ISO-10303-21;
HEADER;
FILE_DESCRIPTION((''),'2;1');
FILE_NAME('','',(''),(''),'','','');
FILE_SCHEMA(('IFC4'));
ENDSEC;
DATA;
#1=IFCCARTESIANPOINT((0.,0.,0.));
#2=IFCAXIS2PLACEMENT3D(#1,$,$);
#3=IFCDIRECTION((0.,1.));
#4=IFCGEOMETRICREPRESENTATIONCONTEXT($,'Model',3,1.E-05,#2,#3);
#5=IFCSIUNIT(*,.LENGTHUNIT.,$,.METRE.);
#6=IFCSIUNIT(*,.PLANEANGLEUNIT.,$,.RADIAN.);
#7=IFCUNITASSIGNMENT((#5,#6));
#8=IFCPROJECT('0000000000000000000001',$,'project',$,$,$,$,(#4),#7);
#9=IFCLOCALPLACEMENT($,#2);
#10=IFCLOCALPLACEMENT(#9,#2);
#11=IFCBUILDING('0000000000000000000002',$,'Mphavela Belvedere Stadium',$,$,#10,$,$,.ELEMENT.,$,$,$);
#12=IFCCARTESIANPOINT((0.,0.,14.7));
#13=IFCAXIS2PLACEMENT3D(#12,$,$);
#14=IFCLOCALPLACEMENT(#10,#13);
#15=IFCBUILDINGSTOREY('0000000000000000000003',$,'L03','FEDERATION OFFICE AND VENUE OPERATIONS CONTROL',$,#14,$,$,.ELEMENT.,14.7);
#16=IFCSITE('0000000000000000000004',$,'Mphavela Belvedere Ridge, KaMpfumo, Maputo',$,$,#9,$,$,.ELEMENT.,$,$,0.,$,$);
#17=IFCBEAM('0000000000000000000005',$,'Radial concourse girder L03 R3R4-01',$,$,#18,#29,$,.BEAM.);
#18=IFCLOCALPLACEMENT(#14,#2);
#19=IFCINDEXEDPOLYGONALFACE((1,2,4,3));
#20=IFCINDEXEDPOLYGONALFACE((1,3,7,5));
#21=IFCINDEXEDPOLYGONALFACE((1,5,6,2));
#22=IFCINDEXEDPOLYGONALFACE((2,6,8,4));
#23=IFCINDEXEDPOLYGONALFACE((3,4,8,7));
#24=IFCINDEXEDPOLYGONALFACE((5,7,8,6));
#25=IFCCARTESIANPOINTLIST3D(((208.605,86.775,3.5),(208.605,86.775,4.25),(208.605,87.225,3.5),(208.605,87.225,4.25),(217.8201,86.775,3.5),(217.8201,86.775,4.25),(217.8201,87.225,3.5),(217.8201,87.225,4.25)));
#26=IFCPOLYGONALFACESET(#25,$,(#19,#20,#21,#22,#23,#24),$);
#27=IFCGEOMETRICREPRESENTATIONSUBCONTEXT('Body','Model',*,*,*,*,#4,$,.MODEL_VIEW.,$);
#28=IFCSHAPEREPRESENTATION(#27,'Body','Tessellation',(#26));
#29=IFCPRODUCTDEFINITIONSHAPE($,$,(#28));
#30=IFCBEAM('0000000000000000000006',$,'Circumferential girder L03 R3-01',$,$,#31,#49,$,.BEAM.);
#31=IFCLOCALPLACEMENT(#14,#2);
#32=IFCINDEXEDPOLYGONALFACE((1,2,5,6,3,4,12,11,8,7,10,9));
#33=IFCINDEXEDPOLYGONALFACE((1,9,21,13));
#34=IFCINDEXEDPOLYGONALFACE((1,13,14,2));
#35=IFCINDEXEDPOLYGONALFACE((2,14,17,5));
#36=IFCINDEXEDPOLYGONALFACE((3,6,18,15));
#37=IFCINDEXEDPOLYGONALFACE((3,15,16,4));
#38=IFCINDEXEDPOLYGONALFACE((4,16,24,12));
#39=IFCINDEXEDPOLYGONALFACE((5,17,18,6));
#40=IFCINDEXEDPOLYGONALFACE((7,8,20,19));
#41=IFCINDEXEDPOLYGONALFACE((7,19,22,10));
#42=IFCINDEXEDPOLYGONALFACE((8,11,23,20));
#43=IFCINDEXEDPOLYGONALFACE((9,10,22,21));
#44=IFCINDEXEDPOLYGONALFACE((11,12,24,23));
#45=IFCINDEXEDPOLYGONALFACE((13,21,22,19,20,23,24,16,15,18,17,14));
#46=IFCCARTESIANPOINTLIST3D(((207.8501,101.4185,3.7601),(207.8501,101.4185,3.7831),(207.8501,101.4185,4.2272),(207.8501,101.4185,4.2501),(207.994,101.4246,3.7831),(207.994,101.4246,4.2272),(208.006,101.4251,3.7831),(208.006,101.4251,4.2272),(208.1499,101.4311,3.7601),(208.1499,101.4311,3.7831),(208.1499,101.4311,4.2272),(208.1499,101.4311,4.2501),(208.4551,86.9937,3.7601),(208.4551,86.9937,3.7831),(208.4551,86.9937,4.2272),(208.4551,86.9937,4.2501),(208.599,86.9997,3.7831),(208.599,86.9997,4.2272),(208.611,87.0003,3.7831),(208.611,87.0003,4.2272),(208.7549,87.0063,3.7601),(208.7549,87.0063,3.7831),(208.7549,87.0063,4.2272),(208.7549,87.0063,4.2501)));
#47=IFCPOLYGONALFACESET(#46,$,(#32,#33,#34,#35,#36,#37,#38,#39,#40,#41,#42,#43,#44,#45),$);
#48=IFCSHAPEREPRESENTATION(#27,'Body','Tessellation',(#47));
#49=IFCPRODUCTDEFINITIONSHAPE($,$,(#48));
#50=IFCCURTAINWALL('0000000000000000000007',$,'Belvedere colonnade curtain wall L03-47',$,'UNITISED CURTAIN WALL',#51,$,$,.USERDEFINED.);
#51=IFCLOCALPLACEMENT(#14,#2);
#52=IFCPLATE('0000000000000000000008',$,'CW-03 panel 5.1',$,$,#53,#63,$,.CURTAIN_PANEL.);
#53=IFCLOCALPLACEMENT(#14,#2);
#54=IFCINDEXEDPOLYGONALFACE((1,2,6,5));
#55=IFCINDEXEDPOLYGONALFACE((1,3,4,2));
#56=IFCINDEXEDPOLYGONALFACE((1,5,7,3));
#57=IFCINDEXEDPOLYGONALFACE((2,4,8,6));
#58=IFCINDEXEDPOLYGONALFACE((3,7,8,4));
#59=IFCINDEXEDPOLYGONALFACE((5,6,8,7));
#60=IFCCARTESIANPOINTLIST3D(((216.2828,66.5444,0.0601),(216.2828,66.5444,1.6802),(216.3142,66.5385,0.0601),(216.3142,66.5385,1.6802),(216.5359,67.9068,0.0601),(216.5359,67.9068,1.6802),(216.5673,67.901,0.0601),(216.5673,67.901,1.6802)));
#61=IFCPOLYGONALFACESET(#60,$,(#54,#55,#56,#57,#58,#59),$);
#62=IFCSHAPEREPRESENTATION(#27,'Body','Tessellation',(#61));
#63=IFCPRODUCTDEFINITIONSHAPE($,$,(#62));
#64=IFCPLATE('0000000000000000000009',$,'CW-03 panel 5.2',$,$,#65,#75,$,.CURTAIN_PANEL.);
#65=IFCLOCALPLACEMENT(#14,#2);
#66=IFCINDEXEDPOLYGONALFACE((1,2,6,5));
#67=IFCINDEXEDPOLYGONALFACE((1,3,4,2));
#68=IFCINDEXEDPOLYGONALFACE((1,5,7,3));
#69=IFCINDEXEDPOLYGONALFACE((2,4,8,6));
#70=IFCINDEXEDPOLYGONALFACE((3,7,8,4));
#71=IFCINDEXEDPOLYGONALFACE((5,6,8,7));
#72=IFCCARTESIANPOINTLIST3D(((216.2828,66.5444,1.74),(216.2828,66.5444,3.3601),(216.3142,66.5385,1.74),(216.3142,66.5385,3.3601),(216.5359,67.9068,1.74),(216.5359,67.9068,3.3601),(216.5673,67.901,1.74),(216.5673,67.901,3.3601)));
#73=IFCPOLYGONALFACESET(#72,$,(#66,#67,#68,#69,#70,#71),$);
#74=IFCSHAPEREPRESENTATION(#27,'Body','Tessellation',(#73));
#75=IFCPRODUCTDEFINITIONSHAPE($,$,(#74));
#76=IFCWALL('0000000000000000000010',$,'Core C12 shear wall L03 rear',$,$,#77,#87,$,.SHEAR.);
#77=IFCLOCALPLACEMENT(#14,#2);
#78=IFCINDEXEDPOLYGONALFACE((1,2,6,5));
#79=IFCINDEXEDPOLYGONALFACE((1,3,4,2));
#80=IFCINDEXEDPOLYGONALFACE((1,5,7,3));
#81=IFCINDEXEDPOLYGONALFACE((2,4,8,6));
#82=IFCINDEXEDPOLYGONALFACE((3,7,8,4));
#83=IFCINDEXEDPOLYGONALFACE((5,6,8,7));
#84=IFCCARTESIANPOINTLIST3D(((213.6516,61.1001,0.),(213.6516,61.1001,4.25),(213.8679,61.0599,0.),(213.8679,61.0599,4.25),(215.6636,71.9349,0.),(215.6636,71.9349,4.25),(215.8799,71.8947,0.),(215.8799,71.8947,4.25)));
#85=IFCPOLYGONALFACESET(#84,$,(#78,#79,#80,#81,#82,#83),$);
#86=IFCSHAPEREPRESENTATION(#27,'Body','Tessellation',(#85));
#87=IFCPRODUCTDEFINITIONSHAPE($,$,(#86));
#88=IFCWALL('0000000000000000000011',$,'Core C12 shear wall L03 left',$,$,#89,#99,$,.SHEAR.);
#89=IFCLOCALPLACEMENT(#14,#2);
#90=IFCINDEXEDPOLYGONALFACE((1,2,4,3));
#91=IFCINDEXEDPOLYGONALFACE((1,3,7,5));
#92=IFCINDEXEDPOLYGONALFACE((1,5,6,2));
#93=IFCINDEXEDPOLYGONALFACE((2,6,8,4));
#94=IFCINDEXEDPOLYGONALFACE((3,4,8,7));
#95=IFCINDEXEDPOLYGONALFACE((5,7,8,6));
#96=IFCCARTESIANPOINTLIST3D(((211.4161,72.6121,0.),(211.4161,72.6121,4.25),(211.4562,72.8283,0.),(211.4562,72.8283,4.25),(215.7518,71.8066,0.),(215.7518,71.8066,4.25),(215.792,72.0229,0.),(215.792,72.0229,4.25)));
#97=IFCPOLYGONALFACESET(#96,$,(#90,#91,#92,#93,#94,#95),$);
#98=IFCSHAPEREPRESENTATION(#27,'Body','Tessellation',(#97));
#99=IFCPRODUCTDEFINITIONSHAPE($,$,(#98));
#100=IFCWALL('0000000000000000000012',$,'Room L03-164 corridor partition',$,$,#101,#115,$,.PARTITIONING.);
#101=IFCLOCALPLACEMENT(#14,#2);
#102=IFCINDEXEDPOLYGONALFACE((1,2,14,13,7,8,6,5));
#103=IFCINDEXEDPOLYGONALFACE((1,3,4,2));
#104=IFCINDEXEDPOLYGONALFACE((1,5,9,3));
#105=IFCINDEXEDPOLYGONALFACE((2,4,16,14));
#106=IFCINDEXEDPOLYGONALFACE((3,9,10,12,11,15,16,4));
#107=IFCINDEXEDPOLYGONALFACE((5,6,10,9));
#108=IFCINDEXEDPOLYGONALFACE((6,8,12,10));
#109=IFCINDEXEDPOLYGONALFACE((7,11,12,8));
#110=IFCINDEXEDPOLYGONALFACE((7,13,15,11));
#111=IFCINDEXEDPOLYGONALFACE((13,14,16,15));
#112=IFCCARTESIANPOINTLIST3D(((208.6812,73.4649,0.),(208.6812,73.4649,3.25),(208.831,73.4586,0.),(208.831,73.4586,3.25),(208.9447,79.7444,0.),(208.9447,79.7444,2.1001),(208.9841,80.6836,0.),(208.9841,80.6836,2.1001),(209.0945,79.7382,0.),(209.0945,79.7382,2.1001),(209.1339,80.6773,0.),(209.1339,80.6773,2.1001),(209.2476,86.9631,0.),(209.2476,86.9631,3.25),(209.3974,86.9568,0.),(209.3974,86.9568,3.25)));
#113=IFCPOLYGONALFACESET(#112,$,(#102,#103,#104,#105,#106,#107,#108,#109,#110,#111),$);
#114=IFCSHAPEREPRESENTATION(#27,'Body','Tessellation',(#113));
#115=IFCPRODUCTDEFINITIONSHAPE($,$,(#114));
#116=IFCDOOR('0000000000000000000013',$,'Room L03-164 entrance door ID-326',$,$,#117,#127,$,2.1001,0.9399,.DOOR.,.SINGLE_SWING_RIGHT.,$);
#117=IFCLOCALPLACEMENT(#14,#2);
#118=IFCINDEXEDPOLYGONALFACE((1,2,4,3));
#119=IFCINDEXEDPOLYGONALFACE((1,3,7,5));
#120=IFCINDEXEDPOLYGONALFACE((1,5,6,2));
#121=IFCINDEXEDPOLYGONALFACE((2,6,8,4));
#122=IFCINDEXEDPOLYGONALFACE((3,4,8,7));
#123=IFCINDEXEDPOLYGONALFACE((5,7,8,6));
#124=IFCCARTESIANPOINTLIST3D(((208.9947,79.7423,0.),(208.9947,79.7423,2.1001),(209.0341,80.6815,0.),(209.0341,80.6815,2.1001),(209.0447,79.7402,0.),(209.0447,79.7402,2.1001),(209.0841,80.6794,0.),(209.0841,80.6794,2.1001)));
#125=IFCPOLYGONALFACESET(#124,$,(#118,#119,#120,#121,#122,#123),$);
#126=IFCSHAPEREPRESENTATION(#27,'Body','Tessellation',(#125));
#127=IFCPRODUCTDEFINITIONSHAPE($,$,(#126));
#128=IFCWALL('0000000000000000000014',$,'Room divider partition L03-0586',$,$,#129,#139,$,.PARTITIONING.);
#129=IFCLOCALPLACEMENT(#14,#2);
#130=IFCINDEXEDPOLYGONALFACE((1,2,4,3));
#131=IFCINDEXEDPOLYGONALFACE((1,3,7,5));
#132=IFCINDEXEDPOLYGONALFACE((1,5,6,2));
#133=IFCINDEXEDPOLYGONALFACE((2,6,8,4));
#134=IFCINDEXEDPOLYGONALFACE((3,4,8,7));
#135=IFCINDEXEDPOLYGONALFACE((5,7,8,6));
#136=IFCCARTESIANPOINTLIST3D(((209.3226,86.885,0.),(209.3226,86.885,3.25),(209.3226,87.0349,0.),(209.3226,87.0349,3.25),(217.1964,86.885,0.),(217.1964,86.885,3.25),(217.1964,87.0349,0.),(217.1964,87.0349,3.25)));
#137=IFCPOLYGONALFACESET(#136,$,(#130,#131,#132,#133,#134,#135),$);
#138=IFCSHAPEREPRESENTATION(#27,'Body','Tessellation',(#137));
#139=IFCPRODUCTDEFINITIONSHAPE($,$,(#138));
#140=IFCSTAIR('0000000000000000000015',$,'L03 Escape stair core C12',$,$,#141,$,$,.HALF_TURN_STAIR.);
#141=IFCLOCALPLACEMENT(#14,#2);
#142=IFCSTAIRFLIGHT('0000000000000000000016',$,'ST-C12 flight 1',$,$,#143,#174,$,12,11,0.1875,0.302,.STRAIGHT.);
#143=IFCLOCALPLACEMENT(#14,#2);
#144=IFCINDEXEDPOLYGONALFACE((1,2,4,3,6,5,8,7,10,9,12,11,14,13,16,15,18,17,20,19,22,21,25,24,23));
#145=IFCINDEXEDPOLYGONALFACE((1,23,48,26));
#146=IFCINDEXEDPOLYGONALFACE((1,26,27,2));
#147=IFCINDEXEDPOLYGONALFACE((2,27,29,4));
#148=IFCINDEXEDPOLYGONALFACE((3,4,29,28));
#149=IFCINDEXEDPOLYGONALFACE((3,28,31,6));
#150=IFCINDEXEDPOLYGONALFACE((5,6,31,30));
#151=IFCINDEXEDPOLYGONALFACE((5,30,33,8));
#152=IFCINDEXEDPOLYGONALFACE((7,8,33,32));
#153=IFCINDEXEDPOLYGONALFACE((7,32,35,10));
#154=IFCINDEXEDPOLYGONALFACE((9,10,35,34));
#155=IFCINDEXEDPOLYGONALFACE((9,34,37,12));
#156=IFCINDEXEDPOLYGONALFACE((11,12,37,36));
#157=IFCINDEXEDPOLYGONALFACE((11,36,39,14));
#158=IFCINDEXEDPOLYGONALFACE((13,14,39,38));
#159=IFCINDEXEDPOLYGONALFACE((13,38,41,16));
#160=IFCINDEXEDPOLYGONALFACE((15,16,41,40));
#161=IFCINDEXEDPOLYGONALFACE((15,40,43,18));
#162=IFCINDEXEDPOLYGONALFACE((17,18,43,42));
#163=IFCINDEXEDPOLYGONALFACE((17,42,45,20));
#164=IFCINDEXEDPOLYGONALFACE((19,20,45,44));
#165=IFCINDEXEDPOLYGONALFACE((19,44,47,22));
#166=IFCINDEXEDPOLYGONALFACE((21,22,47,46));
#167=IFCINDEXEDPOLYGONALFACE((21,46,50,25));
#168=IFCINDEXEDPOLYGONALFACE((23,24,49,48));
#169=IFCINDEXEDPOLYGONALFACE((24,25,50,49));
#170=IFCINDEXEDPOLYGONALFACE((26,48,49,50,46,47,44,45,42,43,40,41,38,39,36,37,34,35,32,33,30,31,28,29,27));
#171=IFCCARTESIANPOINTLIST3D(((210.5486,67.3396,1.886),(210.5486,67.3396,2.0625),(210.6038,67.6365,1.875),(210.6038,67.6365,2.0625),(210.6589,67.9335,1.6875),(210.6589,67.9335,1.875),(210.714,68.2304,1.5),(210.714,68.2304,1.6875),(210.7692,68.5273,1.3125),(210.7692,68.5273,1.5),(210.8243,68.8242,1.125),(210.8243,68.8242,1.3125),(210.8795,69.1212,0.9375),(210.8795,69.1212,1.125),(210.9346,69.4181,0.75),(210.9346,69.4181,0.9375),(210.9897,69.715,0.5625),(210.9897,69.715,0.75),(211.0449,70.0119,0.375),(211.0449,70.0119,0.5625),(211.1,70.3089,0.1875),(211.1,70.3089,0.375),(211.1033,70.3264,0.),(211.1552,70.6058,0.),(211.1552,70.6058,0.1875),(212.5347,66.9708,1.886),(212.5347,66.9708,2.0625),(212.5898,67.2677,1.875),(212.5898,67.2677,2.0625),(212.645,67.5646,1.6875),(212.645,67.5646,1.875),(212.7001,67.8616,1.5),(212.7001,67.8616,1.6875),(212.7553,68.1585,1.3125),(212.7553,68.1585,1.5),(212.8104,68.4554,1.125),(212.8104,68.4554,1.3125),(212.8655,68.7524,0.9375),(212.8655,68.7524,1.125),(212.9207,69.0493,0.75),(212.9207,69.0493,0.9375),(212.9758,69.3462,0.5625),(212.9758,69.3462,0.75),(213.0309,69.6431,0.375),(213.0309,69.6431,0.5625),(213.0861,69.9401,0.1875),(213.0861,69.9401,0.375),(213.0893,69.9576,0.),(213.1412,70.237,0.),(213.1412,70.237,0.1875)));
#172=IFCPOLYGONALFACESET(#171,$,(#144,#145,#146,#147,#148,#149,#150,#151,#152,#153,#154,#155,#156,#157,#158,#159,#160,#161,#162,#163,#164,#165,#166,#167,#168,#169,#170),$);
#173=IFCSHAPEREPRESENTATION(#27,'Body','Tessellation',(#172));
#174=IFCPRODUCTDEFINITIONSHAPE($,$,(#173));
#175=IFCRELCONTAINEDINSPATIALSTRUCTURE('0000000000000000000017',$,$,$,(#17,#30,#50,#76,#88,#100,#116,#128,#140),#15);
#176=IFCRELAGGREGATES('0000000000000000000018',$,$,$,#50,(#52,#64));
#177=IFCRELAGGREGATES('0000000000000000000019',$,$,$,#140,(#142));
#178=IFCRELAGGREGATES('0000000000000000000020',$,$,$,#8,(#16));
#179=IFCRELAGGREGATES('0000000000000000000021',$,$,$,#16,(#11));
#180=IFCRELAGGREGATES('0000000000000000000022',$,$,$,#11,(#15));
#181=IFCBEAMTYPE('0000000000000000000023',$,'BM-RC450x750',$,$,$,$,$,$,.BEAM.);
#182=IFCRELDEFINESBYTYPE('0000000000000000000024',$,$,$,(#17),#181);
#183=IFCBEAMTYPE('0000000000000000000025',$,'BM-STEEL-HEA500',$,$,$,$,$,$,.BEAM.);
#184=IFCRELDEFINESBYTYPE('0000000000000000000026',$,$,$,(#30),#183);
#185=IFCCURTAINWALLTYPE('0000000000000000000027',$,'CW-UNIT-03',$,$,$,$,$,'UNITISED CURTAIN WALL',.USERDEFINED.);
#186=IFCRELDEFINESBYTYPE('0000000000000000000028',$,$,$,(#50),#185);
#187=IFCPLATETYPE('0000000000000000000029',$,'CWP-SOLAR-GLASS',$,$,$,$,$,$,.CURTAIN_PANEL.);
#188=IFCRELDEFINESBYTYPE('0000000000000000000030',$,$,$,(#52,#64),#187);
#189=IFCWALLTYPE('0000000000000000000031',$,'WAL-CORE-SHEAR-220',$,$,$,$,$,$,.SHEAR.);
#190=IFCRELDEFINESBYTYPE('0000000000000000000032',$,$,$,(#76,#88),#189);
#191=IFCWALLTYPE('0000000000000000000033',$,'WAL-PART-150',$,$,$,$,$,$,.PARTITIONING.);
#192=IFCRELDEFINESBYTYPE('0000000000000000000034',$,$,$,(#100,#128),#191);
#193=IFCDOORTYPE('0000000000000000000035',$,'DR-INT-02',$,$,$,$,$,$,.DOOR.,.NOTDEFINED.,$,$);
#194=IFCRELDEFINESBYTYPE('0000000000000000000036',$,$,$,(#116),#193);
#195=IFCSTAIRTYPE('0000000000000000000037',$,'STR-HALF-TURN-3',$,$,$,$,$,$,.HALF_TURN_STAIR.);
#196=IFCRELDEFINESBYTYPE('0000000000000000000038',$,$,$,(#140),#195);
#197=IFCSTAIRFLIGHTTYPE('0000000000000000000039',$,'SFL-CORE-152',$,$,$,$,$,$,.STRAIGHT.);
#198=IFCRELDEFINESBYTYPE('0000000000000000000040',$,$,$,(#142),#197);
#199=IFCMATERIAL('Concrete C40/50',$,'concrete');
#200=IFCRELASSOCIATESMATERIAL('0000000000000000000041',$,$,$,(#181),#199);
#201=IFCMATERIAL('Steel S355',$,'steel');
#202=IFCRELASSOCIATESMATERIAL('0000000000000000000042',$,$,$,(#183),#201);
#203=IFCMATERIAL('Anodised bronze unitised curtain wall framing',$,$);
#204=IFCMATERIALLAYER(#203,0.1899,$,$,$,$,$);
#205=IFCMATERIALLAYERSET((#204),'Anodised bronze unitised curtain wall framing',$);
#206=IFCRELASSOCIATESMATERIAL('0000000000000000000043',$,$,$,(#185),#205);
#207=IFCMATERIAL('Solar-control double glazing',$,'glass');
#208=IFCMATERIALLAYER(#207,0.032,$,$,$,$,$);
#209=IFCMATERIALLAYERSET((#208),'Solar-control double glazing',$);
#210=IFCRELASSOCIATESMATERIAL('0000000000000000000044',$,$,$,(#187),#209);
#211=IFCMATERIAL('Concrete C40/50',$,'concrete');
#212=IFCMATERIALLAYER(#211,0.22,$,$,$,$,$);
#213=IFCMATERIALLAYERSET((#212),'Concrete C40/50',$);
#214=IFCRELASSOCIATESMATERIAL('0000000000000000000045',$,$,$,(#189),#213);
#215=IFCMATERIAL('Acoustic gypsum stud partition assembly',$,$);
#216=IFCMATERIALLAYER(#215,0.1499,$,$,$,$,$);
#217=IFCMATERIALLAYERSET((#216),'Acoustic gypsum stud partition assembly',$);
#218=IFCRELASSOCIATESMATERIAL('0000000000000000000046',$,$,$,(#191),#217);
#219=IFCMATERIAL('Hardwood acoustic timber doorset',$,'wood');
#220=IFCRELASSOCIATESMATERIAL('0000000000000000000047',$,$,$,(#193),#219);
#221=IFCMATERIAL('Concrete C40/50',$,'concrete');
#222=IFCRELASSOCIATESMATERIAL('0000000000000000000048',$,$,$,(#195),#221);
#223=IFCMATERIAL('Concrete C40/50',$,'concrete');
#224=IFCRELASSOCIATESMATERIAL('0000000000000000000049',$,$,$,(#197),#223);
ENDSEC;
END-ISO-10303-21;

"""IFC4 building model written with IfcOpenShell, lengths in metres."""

from ifc_helpers import new_model, si_unit, direction, frame, frame_2d, origin, origin_2d, place, context, subcontext, project, spatial, polyline, rectangle, i_section, outline, extrude, material, layer, layer_set, material_profile, profile_set, type_object, element, fill, aggregate, save


model = new_model("IFC4")

# Units and contexts
model_context = context("Model", 3, precision=1e-05, world=origin(), true_north=direction((0.0, 1.0)))
body_context = subcontext(model_context, "Body", "Model", "MODEL_VIEW")
ifc_project = project(units=[si_unit("LENGTHUNIT", "METRE"), si_unit("PLANEANGLEUNIT", "RADIAN")], contexts=[model_context])

# Site, building, storey
site_placement = place(None, origin())
site = spatial("IfcSite", under=ifc_project, at=site_placement, Name="Mphavela Belvedere Ridge, KaMpfumo, Maputo", CompositionType="ELEMENT", RefElevation=0.0)
building_placement = place(site_placement, origin())
building = spatial("IfcBuilding", under=site, at=building_placement, Name="Mphavela Belvedere Stadium", CompositionType="ELEMENT")
storey_placement = place(building_placement, frame((0.0, 0.0, 14.7)))
storey = spatial("IfcBuildingStorey", under=building, at=storey_placement, Name="L03", Description="FEDERATION OFFICE AND VENUE OPERATIONS CONTROL", CompositionType="ELEMENT", Elevation=14.7)

# Beams
ifc_material_1 = material(Name="Concrete C40/50", Category="concrete")
ifc_material_profile_1 = material_profile(ifc_material_1, rectangle(XDim=0.45, YDim=0.75, at=origin_2d()), Name="RC 450x750")
ifc_profile_set_1 = profile_set([ifc_material_profile_1], Name="Concrete C40/50")
beam_type_1 = type_object("IfcBeamType", Name="BM-RC450x750", PredefinedType="BEAM", material=ifc_profile_set_1)
beam_1_placement = place(storey_placement, frame((208.605, 87.0, 3.875), z_axis=(1.0, 0.0, 0.0), x_axis=(0.0, 1.0, 0.0)))
element("IfcBeam", 1, at=beam_1_placement, inside=storey, type_object=beam_type_1, Name="Radial concourse girder L03 R3R4-01", PredefinedType="BEAM", context=body_context, shape_type="SweptSolid", body=[
    extrude(rectangle(XDim=0.45, YDim=0.75, at=origin_2d()), origin(), (0.0, 0.0, 1.0), 9.2151),
])
ifc_material_2 = material(Name="Steel S355", Category="steel")
ifc_material_profile_2 = material_profile(ifc_material_2, i_section(OverallWidth=0.3, OverallDepth=0.49, WebThickness=0.012, FlangeThickness=0.0229, at=origin_2d()), Name="HEA 500")
ifc_profile_set_2 = profile_set([ifc_material_profile_2], Name="Steel S355")
beam_type_2 = type_object("IfcBeamType", Name="BM-STEEL-HEA500", PredefinedType="BEAM", material=ifc_profile_set_2)
beam_2_placement = place(storey_placement, frame((208.605, 87.0, 4.0051), z_axis=(-0.041903, 0.999122, 0.0), x_axis=(-0.999122, -0.041903, 0.0)))
element("IfcBeam", 2, at=beam_2_placement, inside=storey, type_object=beam_type_2, Name="Circumferential girder L03 R3-01", PredefinedType="BEAM", context=body_context, shape_type="SweptSolid", body=[
    extrude(i_section(OverallWidth=0.3, OverallDepth=0.49, WebThickness=0.012, FlangeThickness=0.0229, at=origin_2d()), origin(), (0.0, 0.0, 1.0), 14.4375),
])

# Curtain wall, plates
ifc_material_3 = material(Name="Anodised bronze unitised curtain wall framing")
ifc_layer_1 = layer(ifc_material_3, 0.1899)
ifc_layer_set_1 = layer_set([ifc_layer_1], Name="Anodised bronze unitised curtain wall framing")
curtain_wall_type = type_object("IfcCurtainWallType", Name="CW-UNIT-03", ElementType="UNITISED CURTAIN WALL", PredefinedType="USERDEFINED", material=ifc_layer_set_1)
curtain_wall_placement = place(storey_placement, origin())
curtain_wall = element("IfcCurtainWall", 3, at=curtain_wall_placement, inside=storey, type_object=curtain_wall_type, Name="Belvedere colonnade curtain wall L03-47", ObjectType="UNITISED CURTAIN WALL", PredefinedType="USERDEFINED")
ifc_material_4 = material(Name="Solar-control double glazing", Category="glass")
ifc_layer_2 = layer(ifc_material_4, 0.032)
ifc_layer_set_2 = layer_set([ifc_layer_2], Name="Solar-control double glazing")
plate_type = type_object("IfcPlateType", Name="CWP-SOLAR-GLASS", PredefinedType="CURTAIN_PANEL", material=ifc_layer_set_2)
plate_1_placement = place(storey_placement, frame((216.425, 67.2227, 0.0601), z_axis=(0.0, 0.0, 1.0), x_axis=(0.182631, 0.983181, 0.0)))
plate_1 = element("IfcPlate", 4, at=plate_1_placement, type_object=plate_type, Name="CW-03 panel 5.1", PredefinedType="CURTAIN_PANEL", context=body_context, shape_type="SweptSolid", body=[
    extrude(rectangle(XDim=1.3857, YDim=0.032, at=origin_2d()), origin(), (0.0, 0.0, 1.0), 1.6201),
])
plate_2_placement = place(storey_placement, frame((216.425, 67.2227, 1.74), z_axis=(0.0, 0.0, 1.0), x_axis=(0.182631, 0.983181, 0.0)))
plate_2 = element("IfcPlate", 5, at=plate_2_placement, type_object=plate_type, Name="CW-03 panel 5.2", PredefinedType="CURTAIN_PANEL", context=body_context, shape_type="SweptSolid", body=[
    extrude(rectangle(XDim=1.3857, YDim=0.032, at=origin_2d()), origin(), (0.0, 0.0, 1.0), 1.6201),
])
aggregate(curtain_wall, [plate_1, plate_2])

# Walls
ifc_material_5 = material(Name="Concrete C40/50", Category="concrete")
ifc_layer_3 = layer(ifc_material_5, 0.22)
ifc_layer_set_3 = layer_set([ifc_layer_3], Name="Concrete C40/50")
wall_type_1 = type_object("IfcWallType", Name="WAL-CORE-SHEAR-220", PredefinedType="SHEAR", material=ifc_layer_set_3)
wall_1_placement = place(storey_placement, frame((215.7717, 71.9148, 0.0), z_axis=(0.0, 0.0, 1.0), x_axis=(-0.182575, -0.983192, 0.0)))
element("IfcWall", 6, at=wall_1_placement, inside=storey, type_object=wall_type_1, Name="Core C12 shear wall L03 rear", PredefinedType="SHEAR", context=body_context, shape_type="SweptSolid", body=[
    extrude(rectangle(XDim=11.02, YDim=0.22, at=frame_2d((5.51, 0.0))), origin(), (0.0, 0.0, 1.0), 4.25),
])
wall_2_placement = place(storey_placement, frame((211.436, 72.7202, 0.0), z_axis=(0.0, 0.0, 1.0), x_axis=(0.98318, -0.18264, 0.0)))
element("IfcWall", 7, at=wall_2_placement, inside=storey, type_object=wall_type_1, Name="Core C12 shear wall L03 left", PredefinedType="SHEAR", context=body_context, shape_type="SweptSolid", body=[
    extrude(rectangle(XDim=4.4099, YDim=0.22, at=frame_2d((2.2051, 0.0))), origin(), (0.0, 0.0, 1.0), 4.25),
])

# Wall, opening, door
ifc_material_6 = material(Name="Acoustic gypsum stud partition assembly")
ifc_layer_4 = layer(ifc_material_6, 0.1499)
ifc_layer_set_4 = layer_set([ifc_layer_4], Name="Acoustic gypsum stud partition assembly")
wall_type_2 = type_object("IfcWallType", Name="WAL-PART-150", PredefinedType="PARTITIONING", material=ifc_layer_set_4)
wall_3_placement = place(storey_placement, frame((208.7561, 73.4619, 0.0), z_axis=(0.0, 0.0, 1.0), x_axis=(0.041925, 0.999121, 0.0)))
wall_3 = element("IfcWall", 8, at=wall_3_placement, inside=storey, type_object=wall_type_2, Name="Room L03-164 corridor partition", PredefinedType="PARTITIONING", context=body_context, shape_type="SweptSolid", body=[
    extrude(rectangle(XDim=13.51, YDim=0.1499, at=frame_2d((6.7549, 0.0))), origin(), (0.0, 0.0, 1.0), 3.25),
])
opening_1_placement = place(wall_3_placement, frame((6.2849, 0.0, 0.0)))
opening_1 = element("IfcOpeningElement", 9, at=opening_1_placement, cuts=wall_3, PredefinedType="OPENING", context=body_context, shape_type="SweptSolid", body=[
    extrude(rectangle(XDim=0.9399, YDim=2.1001, at=frame_2d((0.47, 1.05))), frame((0.0, 0.085, 0.0), z_axis=(0.0, -1.0, 0.0), x_axis=(1.0, 0.0, 0.0)), (0.0, 0.0, 1.0), 0.1699),
])
ifc_material_7 = material(Name="Hardwood acoustic timber doorset", Category="wood")
door_type_1 = type_object("IfcDoorType", Name="DR-INT-02", OperationType="NOTDEFINED", PredefinedType="DOOR", material=ifc_material_7)
door_1_placement = place(opening_1_placement, origin())
door_1 = element("IfcDoor", 10, at=door_1_placement, inside=storey, type_object=door_type_1, Name="Room L03-164 entrance door ID-326", OperationType="SINGLE_SWING_RIGHT", OverallHeight=2.1001, OverallWidth=0.9399, PredefinedType="DOOR", context=body_context, shape_type="SweptSolid", body=[
    extrude(rectangle(XDim=0.9399, YDim=2.1001, at=frame_2d((0.47, 1.05))), frame((0.0, 0.0249, 0.0), z_axis=(0.0, -1.0, 0.0), x_axis=(1.0, 0.0, 0.0)), (0.0, 0.0, 1.0), 0.05),
])
fill(opening_1, door_1)

# Wall
wall_4_placement = place(storey_placement, frame((209.3225, 86.96, 0.0), z_axis=(0.0, 0.0, 1.0), x_axis=(1.0, 0.0, 0.0)))
element("IfcWall", 11, at=wall_4_placement, inside=storey, type_object=wall_type_2, Name="Room divider partition L03-0586", PredefinedType="PARTITIONING", context=body_context, shape_type="SweptSolid", body=[
    extrude(rectangle(XDim=7.8738, YDim=0.1499, at=frame_2d((3.937, 0.0))), origin(), (0.0, 0.0, 1.0), 3.25),
])

# Stair, stair flight
ifc_material_8 = material(Name="Concrete C40/50", Category="concrete")
stair_type = type_object("IfcStairType", Name="STR-HALF-TURN-3", PredefinedType="HALF_TURN_STAIR", material=ifc_material_8)
stair_placement = place(storey_placement, origin())
stair = element("IfcStair", 12, at=stair_placement, inside=storey, type_object=stair_type, Name="L03 Escape stair core C12", PredefinedType="HALF_TURN_STAIR")
ifc_material_9 = material(Name="Concrete C40/50", Category="concrete")
stair_flight_type = type_object("IfcStairFlightType", Name="SFL-CORE-152", PredefinedType="STRAIGHT", material=ifc_material_9)
stair_flight_1_placement = place(storey_placement, frame((212.1482, 70.4214, 0.0), z_axis=(0.0, 0.0, 1.0), x_axis=(-0.182579, -0.983191, 0.0)))
stair_flight_1 = element("IfcStairFlight", 13, at=stair_flight_1_placement, type_object=stair_flight_type, Name="ST-C12 flight 1", NumberOfRisers=12, NumberOfTreads=11, PredefinedType="STRAIGHT", RiserHeight=0.1875, TreadLength=0.302, context=body_context, shape_type="SweptSolid", body=[
    extrude(outline(polyline([(0.0, 0.0), (0.0, 0.1875), (0.302, 0.1875), (0.302, 0.375), (0.604, 0.375), (0.604, 0.5625), (0.906, 0.5625), (0.906, 0.75), (1.208, 0.75), (1.208, 0.9375), (1.51, 0.9375), (1.51, 1.125), (1.812, 1.125), (1.812, 1.3125), (2.114, 1.3125), (2.114, 1.5), (2.416, 1.5), (2.416, 1.6875), (2.718, 1.6875), (2.718, 1.875), (3.02, 1.875), (3.02, 2.0625), (3.322, 2.0625), (3.322, 2.25), (3.322, 1.886), (0.2842, 0.0), (0.0, 0.0)])), frame((0.0, 1.01, 0.0), z_axis=(0.0, -1.0, 0.0), x_axis=(1.0, 0.0, 0.0)), (0.0, 0.0, 1.0), 2.02),
])
aggregate(stair, [stair_flight_1])

save(model, "model.ifc")
